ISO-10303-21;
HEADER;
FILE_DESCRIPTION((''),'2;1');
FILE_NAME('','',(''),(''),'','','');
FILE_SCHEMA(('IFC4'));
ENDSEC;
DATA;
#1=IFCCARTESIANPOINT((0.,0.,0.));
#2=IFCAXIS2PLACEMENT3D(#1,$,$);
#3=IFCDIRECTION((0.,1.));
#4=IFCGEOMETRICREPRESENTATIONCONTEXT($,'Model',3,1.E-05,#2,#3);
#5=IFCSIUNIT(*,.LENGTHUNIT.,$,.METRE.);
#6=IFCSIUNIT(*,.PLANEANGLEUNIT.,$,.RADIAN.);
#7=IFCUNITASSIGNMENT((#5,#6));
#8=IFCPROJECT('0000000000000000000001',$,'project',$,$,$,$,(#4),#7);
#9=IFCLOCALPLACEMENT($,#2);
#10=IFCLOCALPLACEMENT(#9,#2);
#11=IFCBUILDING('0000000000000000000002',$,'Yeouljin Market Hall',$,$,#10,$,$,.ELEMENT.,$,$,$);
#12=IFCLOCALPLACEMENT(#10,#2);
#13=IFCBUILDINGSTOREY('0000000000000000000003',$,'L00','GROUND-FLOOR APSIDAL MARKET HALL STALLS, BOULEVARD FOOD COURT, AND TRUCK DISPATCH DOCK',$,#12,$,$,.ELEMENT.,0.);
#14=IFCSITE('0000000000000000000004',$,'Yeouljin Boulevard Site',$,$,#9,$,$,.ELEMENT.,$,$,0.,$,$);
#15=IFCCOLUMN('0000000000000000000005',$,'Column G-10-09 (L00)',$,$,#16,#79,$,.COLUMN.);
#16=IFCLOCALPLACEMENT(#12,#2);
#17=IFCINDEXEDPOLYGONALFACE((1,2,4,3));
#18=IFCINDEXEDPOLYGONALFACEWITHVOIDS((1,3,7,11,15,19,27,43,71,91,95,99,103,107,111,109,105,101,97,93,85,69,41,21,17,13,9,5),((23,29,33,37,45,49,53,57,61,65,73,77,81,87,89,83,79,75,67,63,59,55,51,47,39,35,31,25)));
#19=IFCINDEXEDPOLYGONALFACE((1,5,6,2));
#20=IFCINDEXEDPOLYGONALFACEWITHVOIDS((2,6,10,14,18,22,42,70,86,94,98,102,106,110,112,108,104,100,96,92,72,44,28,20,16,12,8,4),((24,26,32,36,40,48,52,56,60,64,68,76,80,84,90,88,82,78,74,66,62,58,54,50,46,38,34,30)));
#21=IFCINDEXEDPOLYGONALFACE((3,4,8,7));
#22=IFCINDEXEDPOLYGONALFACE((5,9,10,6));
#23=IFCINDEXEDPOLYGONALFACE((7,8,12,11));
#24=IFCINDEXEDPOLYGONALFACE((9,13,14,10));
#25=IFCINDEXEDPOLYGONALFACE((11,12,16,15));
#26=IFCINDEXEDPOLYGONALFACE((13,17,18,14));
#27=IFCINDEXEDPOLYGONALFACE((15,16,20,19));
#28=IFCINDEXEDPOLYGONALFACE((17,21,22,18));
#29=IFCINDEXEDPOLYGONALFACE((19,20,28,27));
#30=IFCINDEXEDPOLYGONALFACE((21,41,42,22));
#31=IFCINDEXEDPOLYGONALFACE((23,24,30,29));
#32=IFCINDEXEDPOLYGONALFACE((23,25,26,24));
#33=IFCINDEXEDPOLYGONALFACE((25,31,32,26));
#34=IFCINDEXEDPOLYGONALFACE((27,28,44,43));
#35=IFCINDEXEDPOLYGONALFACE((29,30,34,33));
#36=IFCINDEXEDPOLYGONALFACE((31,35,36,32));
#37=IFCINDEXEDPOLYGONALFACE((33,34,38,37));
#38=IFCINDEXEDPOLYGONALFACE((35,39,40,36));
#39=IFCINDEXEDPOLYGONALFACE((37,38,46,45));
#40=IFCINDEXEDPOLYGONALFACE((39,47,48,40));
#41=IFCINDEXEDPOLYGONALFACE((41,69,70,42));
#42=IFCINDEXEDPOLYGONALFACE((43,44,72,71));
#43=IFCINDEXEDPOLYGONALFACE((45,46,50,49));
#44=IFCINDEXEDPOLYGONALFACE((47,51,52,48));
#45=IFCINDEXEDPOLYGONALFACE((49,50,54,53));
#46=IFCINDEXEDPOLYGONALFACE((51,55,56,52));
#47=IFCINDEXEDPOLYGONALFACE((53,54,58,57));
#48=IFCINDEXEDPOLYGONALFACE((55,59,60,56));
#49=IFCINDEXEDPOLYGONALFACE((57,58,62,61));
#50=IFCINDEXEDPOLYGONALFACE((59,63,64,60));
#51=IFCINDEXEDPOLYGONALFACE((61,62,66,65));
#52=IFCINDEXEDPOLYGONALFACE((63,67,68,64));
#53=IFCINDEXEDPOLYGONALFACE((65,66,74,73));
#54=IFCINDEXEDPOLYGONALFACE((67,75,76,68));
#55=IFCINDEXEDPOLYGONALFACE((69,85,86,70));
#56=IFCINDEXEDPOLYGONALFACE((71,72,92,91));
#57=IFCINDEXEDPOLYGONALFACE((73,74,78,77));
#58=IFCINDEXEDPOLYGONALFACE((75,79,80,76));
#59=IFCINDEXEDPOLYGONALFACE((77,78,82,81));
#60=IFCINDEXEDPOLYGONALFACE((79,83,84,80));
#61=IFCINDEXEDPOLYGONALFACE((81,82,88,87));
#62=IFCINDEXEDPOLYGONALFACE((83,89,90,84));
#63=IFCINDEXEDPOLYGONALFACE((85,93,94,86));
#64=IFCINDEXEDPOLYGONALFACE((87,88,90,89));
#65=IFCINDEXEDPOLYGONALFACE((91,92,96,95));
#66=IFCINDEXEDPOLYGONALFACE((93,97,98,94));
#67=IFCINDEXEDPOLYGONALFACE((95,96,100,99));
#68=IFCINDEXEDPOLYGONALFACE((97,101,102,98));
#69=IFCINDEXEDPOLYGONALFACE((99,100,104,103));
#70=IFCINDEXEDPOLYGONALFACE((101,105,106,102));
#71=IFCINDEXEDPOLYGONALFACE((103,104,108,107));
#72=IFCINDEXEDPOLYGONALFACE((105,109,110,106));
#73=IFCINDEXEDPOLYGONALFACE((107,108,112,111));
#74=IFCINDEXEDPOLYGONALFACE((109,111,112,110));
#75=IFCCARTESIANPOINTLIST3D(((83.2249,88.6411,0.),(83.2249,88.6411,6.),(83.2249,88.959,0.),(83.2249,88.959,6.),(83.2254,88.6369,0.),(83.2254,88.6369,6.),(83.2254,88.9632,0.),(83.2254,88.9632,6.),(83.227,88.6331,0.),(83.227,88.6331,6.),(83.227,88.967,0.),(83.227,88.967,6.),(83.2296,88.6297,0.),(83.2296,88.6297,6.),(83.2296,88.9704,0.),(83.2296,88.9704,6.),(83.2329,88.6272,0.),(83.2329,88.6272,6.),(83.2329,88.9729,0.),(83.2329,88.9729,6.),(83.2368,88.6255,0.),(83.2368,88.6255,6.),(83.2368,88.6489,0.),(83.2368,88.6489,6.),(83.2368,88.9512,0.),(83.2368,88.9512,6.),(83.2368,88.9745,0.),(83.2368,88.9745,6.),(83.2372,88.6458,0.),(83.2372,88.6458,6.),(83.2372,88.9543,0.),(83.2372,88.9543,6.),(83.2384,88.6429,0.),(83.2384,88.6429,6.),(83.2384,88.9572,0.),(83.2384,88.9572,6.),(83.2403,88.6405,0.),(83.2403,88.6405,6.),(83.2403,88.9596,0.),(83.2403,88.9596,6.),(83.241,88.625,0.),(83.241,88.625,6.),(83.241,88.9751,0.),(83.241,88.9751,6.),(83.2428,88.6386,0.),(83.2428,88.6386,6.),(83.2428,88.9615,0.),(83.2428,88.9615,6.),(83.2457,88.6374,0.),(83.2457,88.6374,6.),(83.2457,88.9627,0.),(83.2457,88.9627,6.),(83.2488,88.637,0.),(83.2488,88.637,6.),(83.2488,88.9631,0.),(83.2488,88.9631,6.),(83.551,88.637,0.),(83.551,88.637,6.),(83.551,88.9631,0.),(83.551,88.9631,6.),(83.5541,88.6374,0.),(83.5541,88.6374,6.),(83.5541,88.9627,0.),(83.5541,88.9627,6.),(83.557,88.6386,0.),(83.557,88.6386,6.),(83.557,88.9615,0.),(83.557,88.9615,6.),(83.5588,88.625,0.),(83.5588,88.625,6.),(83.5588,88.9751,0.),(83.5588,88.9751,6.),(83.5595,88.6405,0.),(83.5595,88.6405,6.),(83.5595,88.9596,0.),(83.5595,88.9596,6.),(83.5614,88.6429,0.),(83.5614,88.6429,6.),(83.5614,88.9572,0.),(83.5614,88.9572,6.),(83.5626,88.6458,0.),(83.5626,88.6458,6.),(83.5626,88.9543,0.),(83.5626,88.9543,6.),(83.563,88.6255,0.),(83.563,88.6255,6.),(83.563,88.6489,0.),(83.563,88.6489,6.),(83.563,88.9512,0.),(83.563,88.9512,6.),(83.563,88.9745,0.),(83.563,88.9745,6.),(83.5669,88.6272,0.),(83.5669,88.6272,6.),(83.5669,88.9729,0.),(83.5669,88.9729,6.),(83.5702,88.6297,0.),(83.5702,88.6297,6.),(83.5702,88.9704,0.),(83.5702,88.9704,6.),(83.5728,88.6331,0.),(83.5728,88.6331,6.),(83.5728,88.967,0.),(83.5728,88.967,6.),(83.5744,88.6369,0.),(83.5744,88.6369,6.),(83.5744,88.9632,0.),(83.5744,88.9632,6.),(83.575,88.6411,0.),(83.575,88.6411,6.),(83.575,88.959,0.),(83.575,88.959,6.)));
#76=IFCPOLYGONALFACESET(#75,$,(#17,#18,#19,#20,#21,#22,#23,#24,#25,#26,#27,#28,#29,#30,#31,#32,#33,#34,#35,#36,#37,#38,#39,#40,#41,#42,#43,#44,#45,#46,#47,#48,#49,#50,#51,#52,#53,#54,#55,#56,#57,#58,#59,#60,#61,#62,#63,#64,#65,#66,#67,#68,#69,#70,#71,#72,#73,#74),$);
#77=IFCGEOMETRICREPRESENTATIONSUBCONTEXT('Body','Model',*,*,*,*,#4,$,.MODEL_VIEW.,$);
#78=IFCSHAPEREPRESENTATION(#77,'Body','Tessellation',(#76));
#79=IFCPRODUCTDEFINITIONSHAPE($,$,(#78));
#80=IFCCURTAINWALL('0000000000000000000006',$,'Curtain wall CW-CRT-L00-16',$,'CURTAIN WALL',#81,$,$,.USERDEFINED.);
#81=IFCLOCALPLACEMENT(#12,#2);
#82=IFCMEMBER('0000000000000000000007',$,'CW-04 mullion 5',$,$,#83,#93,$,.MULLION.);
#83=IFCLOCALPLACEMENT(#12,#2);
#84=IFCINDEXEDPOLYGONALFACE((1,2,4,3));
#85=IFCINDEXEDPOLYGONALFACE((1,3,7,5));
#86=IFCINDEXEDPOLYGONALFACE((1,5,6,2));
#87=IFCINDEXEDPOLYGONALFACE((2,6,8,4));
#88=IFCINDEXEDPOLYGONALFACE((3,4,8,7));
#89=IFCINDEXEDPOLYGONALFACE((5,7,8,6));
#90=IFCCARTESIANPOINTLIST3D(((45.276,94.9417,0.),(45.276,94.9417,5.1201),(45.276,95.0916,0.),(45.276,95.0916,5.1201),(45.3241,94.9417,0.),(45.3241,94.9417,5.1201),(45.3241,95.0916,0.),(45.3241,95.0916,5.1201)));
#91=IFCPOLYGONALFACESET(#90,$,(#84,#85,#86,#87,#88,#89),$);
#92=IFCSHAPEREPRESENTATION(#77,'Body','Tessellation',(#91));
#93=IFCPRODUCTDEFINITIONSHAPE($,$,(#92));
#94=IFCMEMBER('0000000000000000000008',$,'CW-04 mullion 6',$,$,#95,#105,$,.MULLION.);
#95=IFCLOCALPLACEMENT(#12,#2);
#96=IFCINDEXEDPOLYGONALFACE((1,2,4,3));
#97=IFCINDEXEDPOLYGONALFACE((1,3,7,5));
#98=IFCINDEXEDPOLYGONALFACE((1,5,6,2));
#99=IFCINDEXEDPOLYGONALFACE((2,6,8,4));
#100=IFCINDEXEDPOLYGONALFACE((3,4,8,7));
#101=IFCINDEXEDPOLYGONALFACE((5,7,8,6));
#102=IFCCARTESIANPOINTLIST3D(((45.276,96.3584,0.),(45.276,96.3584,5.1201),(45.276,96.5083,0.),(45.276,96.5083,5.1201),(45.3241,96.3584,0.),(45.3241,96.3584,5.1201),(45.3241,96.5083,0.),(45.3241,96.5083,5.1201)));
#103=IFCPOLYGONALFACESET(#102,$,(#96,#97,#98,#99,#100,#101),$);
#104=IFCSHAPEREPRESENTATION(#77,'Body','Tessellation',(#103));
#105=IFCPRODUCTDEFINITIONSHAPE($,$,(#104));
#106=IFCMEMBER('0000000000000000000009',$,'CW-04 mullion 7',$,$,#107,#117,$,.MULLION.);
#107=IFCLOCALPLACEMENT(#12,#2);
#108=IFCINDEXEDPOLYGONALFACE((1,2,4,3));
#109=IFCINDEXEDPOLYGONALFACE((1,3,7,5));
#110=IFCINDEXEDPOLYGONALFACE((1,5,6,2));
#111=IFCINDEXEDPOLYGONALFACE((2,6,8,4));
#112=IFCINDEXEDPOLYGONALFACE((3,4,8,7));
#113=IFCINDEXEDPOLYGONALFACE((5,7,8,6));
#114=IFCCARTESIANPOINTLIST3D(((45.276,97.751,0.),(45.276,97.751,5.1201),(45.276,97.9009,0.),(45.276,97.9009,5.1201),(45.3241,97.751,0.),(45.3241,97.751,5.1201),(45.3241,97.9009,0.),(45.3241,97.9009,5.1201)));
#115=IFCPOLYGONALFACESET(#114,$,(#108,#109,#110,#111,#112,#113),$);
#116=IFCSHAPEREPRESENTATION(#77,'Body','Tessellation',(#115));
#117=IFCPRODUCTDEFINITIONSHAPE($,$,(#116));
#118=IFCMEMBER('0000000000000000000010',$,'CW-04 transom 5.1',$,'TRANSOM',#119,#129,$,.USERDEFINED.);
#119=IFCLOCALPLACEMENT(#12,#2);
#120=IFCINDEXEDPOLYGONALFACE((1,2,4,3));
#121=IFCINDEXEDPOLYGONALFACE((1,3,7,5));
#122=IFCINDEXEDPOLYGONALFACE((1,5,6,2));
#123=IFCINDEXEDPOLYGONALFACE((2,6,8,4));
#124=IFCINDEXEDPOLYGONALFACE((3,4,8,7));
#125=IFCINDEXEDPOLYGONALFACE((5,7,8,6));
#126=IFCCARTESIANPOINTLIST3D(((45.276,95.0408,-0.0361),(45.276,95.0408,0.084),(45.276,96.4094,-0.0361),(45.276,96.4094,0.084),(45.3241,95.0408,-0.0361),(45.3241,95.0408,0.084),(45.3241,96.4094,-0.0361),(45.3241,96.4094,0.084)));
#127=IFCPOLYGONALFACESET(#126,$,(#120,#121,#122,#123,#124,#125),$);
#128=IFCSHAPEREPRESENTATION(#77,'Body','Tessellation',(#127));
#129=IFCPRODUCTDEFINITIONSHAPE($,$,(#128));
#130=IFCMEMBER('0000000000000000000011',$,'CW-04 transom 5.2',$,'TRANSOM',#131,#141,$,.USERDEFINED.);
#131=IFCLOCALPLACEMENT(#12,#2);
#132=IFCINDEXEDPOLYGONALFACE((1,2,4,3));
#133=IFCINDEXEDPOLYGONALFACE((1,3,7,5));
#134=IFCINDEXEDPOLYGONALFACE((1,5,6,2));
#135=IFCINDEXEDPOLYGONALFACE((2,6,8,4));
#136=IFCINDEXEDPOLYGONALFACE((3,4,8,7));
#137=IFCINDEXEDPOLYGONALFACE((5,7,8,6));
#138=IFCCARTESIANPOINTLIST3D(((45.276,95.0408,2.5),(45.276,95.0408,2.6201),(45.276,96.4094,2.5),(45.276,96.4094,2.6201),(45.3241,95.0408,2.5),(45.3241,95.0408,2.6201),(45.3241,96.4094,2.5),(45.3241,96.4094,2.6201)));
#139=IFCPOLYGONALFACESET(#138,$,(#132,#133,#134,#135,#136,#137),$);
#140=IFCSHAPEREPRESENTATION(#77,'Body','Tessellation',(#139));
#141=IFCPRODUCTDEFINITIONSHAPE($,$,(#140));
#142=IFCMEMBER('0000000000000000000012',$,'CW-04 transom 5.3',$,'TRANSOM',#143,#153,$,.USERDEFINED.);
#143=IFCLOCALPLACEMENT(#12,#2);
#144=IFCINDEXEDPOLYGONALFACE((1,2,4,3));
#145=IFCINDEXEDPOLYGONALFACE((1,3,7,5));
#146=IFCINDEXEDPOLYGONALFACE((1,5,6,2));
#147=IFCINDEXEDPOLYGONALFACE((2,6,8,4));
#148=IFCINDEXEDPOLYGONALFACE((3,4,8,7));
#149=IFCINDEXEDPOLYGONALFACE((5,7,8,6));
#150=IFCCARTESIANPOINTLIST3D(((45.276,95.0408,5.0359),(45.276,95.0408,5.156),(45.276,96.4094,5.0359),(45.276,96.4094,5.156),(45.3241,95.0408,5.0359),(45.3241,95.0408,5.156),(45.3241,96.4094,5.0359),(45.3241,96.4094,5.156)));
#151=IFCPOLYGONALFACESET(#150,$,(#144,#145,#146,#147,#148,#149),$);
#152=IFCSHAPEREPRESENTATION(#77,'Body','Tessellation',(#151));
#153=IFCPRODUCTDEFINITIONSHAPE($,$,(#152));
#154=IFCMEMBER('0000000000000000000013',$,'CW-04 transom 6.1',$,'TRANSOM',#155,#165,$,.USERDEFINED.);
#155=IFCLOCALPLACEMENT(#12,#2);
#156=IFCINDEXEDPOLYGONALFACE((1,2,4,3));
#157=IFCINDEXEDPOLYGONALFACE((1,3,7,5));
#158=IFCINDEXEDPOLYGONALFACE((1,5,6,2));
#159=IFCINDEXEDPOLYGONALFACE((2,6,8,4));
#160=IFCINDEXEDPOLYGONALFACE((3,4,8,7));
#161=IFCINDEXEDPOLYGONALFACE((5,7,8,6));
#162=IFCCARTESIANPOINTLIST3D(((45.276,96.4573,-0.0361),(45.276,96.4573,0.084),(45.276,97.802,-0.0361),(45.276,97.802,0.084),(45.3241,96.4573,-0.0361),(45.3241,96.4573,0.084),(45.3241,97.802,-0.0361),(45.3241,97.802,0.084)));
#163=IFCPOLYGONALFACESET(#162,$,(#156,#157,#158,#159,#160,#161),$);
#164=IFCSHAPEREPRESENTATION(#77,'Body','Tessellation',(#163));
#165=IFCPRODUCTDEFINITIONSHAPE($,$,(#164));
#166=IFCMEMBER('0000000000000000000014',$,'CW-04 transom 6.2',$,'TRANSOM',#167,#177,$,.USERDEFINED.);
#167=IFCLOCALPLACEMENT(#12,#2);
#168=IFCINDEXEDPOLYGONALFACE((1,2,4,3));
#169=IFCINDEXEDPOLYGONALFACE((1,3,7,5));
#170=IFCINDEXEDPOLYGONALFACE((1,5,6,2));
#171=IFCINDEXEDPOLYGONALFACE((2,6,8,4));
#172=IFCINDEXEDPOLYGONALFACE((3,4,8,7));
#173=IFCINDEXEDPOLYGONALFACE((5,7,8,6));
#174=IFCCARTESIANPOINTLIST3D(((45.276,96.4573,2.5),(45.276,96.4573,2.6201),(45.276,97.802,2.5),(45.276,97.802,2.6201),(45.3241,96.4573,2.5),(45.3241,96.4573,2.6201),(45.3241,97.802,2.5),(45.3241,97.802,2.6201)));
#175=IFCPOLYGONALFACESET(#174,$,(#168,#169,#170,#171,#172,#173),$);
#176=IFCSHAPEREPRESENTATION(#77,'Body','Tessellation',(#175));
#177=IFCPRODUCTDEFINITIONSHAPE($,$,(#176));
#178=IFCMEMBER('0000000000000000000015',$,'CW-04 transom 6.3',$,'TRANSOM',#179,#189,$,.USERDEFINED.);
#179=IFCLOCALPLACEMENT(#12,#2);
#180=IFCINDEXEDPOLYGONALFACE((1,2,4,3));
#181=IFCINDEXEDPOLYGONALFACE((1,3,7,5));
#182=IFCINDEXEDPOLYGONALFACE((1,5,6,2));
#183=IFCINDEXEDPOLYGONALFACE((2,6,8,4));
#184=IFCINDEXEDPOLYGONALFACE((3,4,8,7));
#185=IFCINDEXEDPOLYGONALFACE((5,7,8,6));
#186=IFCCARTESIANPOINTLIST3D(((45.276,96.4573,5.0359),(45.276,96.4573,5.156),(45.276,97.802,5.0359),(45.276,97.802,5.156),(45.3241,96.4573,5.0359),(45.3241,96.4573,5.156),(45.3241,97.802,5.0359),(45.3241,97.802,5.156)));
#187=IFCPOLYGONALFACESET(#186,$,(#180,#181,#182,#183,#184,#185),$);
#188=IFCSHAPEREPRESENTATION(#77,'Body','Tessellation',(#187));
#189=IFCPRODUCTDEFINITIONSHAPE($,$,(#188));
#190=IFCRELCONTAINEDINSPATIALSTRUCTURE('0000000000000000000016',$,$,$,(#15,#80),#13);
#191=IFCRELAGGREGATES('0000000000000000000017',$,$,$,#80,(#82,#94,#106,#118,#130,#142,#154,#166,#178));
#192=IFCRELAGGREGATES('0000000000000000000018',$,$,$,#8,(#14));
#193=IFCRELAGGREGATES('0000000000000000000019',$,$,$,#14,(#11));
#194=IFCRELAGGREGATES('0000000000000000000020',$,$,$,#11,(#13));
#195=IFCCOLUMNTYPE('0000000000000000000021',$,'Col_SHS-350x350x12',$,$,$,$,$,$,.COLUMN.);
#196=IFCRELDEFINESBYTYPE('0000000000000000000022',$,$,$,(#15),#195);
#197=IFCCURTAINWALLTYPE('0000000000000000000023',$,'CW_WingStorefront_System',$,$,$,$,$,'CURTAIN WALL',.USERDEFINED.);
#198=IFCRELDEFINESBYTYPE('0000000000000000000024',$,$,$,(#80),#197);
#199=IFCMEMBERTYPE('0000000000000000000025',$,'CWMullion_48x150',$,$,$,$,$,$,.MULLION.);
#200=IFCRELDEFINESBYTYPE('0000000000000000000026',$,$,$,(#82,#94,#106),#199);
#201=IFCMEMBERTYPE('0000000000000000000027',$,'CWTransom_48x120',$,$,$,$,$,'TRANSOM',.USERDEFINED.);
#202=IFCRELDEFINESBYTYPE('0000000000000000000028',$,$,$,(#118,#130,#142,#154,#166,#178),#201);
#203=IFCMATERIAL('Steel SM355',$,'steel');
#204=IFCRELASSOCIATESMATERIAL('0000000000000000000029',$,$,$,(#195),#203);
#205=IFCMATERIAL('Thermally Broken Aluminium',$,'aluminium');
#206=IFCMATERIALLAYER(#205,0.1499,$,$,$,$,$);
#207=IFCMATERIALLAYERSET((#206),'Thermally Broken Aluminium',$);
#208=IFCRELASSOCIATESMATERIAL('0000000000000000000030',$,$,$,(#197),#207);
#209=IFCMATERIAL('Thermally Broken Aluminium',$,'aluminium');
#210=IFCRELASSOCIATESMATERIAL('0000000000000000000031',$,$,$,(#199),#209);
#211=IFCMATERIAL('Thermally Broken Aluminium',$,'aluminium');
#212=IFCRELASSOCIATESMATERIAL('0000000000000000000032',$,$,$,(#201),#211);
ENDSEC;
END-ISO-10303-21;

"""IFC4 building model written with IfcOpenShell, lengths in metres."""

from ifc_helpers import new_model, si_unit, direction, frame, origin, origin_2d, place, context, subcontext, project, spatial, rectangle, hollow_rectangle, extrude, material, layer, layer_set, material_profile, profile_set, type_object, element, aggregate, save


model = new_model("IFC4")

# Units and contexts
model_context = context("Model", 3, precision=1e-05, world=origin(), true_north=direction((0.0, 1.0)))
body_context = subcontext(model_context, "Body", "Model", "MODEL_VIEW")
ifc_project = project(units=[si_unit("LENGTHUNIT", "METRE"), si_unit("PLANEANGLEUNIT", "RADIAN")], contexts=[model_context])

# Site, building, storey
site_placement = place(None, origin())
site = spatial("IfcSite", under=ifc_project, at=site_placement, Name="Yeouljin Boulevard Site", CompositionType="ELEMENT", RefElevation=0.0)
building_placement = place(site_placement, origin())
building = spatial("IfcBuilding", under=site, at=building_placement, Name="Yeouljin Market Hall", CompositionType="ELEMENT")
storey_placement = place(building_placement, origin())
storey = spatial("IfcBuildingStorey", under=building, at=storey_placement, Name="L00", Description="GROUND-FLOOR APSIDAL MARKET HALL STALLS, BOULEVARD FOOD COURT, AND TRUCK DISPATCH DOCK", CompositionType="ELEMENT", Elevation=0.0)

# Column
ifc_material_1 = material(Name="Steel SM355", Category="steel")
ifc_material_profile_1 = material_profile(ifc_material_1, hollow_rectangle(XDim=0.3501, YDim=0.3501, WallThickness=0.012, InnerFilletRadius=0.012, OuterFilletRadius=0.0161, at=origin_2d()), Name="SHS-350x350x12")
ifc_profile_set_1 = profile_set([ifc_material_profile_1], Name="Steel SM355")
column_type_1 = type_object("IfcColumnType", Name="Col_SHS-350x350x12", PredefinedType="COLUMN", material=ifc_profile_set_1)
for number, where, z_axis, x_axis, name in (
    (1, (83.3999, 88.8, 0.0), (0.0, 0.0, 1.0), (1.0, 0.0, 0.0), "Column G-10-09 (L00)"),
):
    element("IfcColumn", number, at=place(storey_placement, frame(where, z_axis=z_axis, x_axis=x_axis)), inside=storey, type_object=column_type_1, Name=name, PredefinedType="COLUMN", context=body_context, shape_type="SweptSolid", body=[
        extrude(hollow_rectangle(XDim=0.3501, YDim=0.3501, WallThickness=0.012, InnerFilletRadius=0.012, OuterFilletRadius=0.0161, at=origin_2d()), origin(), (0.0, 0.0, 1.0), 6.0),
    ])

# Curtain wall, members
ifc_material_2 = material(Name="Thermally Broken Aluminium", Category="aluminium")
ifc_layer_1 = layer(ifc_material_2, 0.1499)
ifc_layer_set_1 = layer_set([ifc_layer_1], Name="Thermally Broken Aluminium")
curtain_wall_type = type_object("IfcCurtainWallType", Name="CW_WingStorefront_System", ElementType="CURTAIN WALL", PredefinedType="USERDEFINED", material=ifc_layer_set_1)
curtain_wall_placement = place(storey_placement, origin())
curtain_wall = element("IfcCurtainWall", 2, at=curtain_wall_placement, inside=storey, type_object=curtain_wall_type, Name="Curtain wall CW-CRT-L00-16", ObjectType="CURTAIN WALL", PredefinedType="USERDEFINED")
ifc_material_3 = material(Name="Thermally Broken Aluminium", Category="aluminium")
ifc_material_profile_2 = material_profile(ifc_material_3, rectangle(XDim=0.0481, YDim=0.1499, at=origin_2d()), Name="CW-MULL-48x150")
ifc_profile_set_2 = profile_set([ifc_material_profile_2], Name="Thermally Broken Aluminium")
member_type_1 = type_object("IfcMemberType", Name="CWMullion_48x150", PredefinedType="MULLION", material=ifc_profile_set_2)
member_1_placement = place(storey_placement, frame((45.3, 95.0166, 0.0), z_axis=(0.0, 0.0, 1.0), x_axis=(-1.0, 0.0, 0.0)))
member_1 = element("IfcMember", 3, at=member_1_placement, type_object=member_type_1, Name="CW-04 mullion 5", PredefinedType="MULLION", context=body_context, shape_type="SweptSolid", body=[
    extrude(rectangle(XDim=0.0481, YDim=0.1499, at=origin_2d()), origin(), (0.0, 0.0, 1.0), 5.1201),
])
member_2_placement = place(storey_placement, frame((45.3, 96.4333, 0.0), z_axis=(0.0, 0.0, 1.0), x_axis=(-1.0, 0.0, 0.0)))
member_2 = element("IfcMember", 4, at=member_2_placement, type_object=member_type_1, Name="CW-04 mullion 6", PredefinedType="MULLION", context=body_context, shape_type="SweptSolid", body=[
    extrude(rectangle(XDim=0.0481, YDim=0.1499, at=origin_2d()), origin(), (0.0, 0.0, 1.0), 5.1201),
])
member_3_placement = place(storey_placement, frame((45.3, 97.8259, 0.0), z_axis=(0.0, 0.0, 1.0), x_axis=(-1.0, 0.0, 0.0)))
member_3 = element("IfcMember", 5, at=member_3_placement, type_object=member_type_1, Name="CW-04 mullion 7", PredefinedType="MULLION", context=body_context, shape_type="SweptSolid", body=[
    extrude(rectangle(XDim=0.0481, YDim=0.1499, at=origin_2d()), origin(), (0.0, 0.0, 1.0), 5.1201),
])
ifc_material_4 = material(Name="Thermally Broken Aluminium", Category="aluminium")
ifc_material_profile_3 = material_profile(ifc_material_4, rectangle(XDim=0.0481, YDim=0.1201, at=origin_2d()), Name="CW-TRAN-48x120")
ifc_profile_set_3 = profile_set([ifc_material_profile_3], Name="Thermally Broken Aluminium")
member_type_2 = type_object("IfcMemberType", Name="CWTransom_48x120", ElementType="TRANSOM", PredefinedType="USERDEFINED", material=ifc_profile_set_3)
member_4_placement = place(storey_placement, frame((45.3, 95.0408, 0.0239), z_axis=(0.0, 1.0, 0.0), x_axis=(-1.0, 0.0, 0.0)))
member_4 = element("IfcMember", 6, at=member_4_placement, type_object=member_type_2, Name="CW-04 transom 5.1", ObjectType="TRANSOM", PredefinedType="USERDEFINED", context=body_context, shape_type="SweptSolid", body=[
    extrude(rectangle(XDim=0.0481, YDim=0.1201, at=origin_2d()), origin(), (0.0, 0.0, 1.0), 1.3687),
])
member_5_placement = place(storey_placement, frame((45.3, 95.0408, 2.5601), z_axis=(0.0, 1.0, 0.0), x_axis=(-1.0, 0.0, 0.0)))
member_5 = element("IfcMember", 7, at=member_5_placement, type_object=member_type_2, Name="CW-04 transom 5.2", ObjectType="TRANSOM", PredefinedType="USERDEFINED", context=body_context, shape_type="SweptSolid", body=[
    extrude(rectangle(XDim=0.0481, YDim=0.1201, at=origin_2d()), origin(), (0.0, 0.0, 1.0), 1.3687),
])
member_6_placement = place(storey_placement, frame((45.3, 95.0408, 5.0959), z_axis=(0.0, 1.0, 0.0), x_axis=(-1.0, 0.0, 0.0)))
member_6 = element("IfcMember", 8, at=member_6_placement, type_object=member_type_2, Name="CW-04 transom 5.3", ObjectType="TRANSOM", PredefinedType="USERDEFINED", context=body_context, shape_type="SweptSolid", body=[
    extrude(rectangle(XDim=0.0481, YDim=0.1201, at=origin_2d()), origin(), (0.0, 0.0, 1.0), 1.3687),
])
member_7_placement = place(storey_placement, frame((45.3, 96.4573, 0.0239), z_axis=(0.0, 1.0, 0.0), x_axis=(-1.0, 0.0, 0.0)))
member_7 = element("IfcMember", 9, at=member_7_placement, type_object=member_type_2, Name="CW-04 transom 6.1", ObjectType="TRANSOM", PredefinedType="USERDEFINED", context=body_context, shape_type="SweptSolid", body=[
    extrude(rectangle(XDim=0.0481, YDim=0.1201, at=origin_2d()), origin(), (0.0, 0.0, 1.0), 1.3447),
])
member_8_placement = place(storey_placement, frame((45.3, 96.4573, 2.5601), z_axis=(0.0, 1.0, 0.0), x_axis=(-1.0, 0.0, 0.0)))
member_8 = element("IfcMember", 10, at=member_8_placement, type_object=member_type_2, Name="CW-04 transom 6.2", ObjectType="TRANSOM", PredefinedType="USERDEFINED", context=body_context, shape_type="SweptSolid", body=[
    extrude(rectangle(XDim=0.0481, YDim=0.1201, at=origin_2d()), origin(), (0.0, 0.0, 1.0), 1.3447),
])
member_9_placement = place(storey_placement, frame((45.3, 96.4573, 5.0959), z_axis=(0.0, 1.0, 0.0), x_axis=(-1.0, 0.0, 0.0)))
member_9 = element("IfcMember", 11, at=member_9_placement, type_object=member_type_2, Name="CW-04 transom 6.3", ObjectType="TRANSOM", PredefinedType="USERDEFINED", context=body_context, shape_type="SweptSolid", body=[
    extrude(rectangle(XDim=0.0481, YDim=0.1201, at=origin_2d()), origin(), (0.0, 0.0, 1.0), 1.3447),
])
aggregate(curtain_wall, [member_1, member_2, member_3, member_4, member_5, member_6, member_7, member_8, member_9])

save(model, "model.ifc")
